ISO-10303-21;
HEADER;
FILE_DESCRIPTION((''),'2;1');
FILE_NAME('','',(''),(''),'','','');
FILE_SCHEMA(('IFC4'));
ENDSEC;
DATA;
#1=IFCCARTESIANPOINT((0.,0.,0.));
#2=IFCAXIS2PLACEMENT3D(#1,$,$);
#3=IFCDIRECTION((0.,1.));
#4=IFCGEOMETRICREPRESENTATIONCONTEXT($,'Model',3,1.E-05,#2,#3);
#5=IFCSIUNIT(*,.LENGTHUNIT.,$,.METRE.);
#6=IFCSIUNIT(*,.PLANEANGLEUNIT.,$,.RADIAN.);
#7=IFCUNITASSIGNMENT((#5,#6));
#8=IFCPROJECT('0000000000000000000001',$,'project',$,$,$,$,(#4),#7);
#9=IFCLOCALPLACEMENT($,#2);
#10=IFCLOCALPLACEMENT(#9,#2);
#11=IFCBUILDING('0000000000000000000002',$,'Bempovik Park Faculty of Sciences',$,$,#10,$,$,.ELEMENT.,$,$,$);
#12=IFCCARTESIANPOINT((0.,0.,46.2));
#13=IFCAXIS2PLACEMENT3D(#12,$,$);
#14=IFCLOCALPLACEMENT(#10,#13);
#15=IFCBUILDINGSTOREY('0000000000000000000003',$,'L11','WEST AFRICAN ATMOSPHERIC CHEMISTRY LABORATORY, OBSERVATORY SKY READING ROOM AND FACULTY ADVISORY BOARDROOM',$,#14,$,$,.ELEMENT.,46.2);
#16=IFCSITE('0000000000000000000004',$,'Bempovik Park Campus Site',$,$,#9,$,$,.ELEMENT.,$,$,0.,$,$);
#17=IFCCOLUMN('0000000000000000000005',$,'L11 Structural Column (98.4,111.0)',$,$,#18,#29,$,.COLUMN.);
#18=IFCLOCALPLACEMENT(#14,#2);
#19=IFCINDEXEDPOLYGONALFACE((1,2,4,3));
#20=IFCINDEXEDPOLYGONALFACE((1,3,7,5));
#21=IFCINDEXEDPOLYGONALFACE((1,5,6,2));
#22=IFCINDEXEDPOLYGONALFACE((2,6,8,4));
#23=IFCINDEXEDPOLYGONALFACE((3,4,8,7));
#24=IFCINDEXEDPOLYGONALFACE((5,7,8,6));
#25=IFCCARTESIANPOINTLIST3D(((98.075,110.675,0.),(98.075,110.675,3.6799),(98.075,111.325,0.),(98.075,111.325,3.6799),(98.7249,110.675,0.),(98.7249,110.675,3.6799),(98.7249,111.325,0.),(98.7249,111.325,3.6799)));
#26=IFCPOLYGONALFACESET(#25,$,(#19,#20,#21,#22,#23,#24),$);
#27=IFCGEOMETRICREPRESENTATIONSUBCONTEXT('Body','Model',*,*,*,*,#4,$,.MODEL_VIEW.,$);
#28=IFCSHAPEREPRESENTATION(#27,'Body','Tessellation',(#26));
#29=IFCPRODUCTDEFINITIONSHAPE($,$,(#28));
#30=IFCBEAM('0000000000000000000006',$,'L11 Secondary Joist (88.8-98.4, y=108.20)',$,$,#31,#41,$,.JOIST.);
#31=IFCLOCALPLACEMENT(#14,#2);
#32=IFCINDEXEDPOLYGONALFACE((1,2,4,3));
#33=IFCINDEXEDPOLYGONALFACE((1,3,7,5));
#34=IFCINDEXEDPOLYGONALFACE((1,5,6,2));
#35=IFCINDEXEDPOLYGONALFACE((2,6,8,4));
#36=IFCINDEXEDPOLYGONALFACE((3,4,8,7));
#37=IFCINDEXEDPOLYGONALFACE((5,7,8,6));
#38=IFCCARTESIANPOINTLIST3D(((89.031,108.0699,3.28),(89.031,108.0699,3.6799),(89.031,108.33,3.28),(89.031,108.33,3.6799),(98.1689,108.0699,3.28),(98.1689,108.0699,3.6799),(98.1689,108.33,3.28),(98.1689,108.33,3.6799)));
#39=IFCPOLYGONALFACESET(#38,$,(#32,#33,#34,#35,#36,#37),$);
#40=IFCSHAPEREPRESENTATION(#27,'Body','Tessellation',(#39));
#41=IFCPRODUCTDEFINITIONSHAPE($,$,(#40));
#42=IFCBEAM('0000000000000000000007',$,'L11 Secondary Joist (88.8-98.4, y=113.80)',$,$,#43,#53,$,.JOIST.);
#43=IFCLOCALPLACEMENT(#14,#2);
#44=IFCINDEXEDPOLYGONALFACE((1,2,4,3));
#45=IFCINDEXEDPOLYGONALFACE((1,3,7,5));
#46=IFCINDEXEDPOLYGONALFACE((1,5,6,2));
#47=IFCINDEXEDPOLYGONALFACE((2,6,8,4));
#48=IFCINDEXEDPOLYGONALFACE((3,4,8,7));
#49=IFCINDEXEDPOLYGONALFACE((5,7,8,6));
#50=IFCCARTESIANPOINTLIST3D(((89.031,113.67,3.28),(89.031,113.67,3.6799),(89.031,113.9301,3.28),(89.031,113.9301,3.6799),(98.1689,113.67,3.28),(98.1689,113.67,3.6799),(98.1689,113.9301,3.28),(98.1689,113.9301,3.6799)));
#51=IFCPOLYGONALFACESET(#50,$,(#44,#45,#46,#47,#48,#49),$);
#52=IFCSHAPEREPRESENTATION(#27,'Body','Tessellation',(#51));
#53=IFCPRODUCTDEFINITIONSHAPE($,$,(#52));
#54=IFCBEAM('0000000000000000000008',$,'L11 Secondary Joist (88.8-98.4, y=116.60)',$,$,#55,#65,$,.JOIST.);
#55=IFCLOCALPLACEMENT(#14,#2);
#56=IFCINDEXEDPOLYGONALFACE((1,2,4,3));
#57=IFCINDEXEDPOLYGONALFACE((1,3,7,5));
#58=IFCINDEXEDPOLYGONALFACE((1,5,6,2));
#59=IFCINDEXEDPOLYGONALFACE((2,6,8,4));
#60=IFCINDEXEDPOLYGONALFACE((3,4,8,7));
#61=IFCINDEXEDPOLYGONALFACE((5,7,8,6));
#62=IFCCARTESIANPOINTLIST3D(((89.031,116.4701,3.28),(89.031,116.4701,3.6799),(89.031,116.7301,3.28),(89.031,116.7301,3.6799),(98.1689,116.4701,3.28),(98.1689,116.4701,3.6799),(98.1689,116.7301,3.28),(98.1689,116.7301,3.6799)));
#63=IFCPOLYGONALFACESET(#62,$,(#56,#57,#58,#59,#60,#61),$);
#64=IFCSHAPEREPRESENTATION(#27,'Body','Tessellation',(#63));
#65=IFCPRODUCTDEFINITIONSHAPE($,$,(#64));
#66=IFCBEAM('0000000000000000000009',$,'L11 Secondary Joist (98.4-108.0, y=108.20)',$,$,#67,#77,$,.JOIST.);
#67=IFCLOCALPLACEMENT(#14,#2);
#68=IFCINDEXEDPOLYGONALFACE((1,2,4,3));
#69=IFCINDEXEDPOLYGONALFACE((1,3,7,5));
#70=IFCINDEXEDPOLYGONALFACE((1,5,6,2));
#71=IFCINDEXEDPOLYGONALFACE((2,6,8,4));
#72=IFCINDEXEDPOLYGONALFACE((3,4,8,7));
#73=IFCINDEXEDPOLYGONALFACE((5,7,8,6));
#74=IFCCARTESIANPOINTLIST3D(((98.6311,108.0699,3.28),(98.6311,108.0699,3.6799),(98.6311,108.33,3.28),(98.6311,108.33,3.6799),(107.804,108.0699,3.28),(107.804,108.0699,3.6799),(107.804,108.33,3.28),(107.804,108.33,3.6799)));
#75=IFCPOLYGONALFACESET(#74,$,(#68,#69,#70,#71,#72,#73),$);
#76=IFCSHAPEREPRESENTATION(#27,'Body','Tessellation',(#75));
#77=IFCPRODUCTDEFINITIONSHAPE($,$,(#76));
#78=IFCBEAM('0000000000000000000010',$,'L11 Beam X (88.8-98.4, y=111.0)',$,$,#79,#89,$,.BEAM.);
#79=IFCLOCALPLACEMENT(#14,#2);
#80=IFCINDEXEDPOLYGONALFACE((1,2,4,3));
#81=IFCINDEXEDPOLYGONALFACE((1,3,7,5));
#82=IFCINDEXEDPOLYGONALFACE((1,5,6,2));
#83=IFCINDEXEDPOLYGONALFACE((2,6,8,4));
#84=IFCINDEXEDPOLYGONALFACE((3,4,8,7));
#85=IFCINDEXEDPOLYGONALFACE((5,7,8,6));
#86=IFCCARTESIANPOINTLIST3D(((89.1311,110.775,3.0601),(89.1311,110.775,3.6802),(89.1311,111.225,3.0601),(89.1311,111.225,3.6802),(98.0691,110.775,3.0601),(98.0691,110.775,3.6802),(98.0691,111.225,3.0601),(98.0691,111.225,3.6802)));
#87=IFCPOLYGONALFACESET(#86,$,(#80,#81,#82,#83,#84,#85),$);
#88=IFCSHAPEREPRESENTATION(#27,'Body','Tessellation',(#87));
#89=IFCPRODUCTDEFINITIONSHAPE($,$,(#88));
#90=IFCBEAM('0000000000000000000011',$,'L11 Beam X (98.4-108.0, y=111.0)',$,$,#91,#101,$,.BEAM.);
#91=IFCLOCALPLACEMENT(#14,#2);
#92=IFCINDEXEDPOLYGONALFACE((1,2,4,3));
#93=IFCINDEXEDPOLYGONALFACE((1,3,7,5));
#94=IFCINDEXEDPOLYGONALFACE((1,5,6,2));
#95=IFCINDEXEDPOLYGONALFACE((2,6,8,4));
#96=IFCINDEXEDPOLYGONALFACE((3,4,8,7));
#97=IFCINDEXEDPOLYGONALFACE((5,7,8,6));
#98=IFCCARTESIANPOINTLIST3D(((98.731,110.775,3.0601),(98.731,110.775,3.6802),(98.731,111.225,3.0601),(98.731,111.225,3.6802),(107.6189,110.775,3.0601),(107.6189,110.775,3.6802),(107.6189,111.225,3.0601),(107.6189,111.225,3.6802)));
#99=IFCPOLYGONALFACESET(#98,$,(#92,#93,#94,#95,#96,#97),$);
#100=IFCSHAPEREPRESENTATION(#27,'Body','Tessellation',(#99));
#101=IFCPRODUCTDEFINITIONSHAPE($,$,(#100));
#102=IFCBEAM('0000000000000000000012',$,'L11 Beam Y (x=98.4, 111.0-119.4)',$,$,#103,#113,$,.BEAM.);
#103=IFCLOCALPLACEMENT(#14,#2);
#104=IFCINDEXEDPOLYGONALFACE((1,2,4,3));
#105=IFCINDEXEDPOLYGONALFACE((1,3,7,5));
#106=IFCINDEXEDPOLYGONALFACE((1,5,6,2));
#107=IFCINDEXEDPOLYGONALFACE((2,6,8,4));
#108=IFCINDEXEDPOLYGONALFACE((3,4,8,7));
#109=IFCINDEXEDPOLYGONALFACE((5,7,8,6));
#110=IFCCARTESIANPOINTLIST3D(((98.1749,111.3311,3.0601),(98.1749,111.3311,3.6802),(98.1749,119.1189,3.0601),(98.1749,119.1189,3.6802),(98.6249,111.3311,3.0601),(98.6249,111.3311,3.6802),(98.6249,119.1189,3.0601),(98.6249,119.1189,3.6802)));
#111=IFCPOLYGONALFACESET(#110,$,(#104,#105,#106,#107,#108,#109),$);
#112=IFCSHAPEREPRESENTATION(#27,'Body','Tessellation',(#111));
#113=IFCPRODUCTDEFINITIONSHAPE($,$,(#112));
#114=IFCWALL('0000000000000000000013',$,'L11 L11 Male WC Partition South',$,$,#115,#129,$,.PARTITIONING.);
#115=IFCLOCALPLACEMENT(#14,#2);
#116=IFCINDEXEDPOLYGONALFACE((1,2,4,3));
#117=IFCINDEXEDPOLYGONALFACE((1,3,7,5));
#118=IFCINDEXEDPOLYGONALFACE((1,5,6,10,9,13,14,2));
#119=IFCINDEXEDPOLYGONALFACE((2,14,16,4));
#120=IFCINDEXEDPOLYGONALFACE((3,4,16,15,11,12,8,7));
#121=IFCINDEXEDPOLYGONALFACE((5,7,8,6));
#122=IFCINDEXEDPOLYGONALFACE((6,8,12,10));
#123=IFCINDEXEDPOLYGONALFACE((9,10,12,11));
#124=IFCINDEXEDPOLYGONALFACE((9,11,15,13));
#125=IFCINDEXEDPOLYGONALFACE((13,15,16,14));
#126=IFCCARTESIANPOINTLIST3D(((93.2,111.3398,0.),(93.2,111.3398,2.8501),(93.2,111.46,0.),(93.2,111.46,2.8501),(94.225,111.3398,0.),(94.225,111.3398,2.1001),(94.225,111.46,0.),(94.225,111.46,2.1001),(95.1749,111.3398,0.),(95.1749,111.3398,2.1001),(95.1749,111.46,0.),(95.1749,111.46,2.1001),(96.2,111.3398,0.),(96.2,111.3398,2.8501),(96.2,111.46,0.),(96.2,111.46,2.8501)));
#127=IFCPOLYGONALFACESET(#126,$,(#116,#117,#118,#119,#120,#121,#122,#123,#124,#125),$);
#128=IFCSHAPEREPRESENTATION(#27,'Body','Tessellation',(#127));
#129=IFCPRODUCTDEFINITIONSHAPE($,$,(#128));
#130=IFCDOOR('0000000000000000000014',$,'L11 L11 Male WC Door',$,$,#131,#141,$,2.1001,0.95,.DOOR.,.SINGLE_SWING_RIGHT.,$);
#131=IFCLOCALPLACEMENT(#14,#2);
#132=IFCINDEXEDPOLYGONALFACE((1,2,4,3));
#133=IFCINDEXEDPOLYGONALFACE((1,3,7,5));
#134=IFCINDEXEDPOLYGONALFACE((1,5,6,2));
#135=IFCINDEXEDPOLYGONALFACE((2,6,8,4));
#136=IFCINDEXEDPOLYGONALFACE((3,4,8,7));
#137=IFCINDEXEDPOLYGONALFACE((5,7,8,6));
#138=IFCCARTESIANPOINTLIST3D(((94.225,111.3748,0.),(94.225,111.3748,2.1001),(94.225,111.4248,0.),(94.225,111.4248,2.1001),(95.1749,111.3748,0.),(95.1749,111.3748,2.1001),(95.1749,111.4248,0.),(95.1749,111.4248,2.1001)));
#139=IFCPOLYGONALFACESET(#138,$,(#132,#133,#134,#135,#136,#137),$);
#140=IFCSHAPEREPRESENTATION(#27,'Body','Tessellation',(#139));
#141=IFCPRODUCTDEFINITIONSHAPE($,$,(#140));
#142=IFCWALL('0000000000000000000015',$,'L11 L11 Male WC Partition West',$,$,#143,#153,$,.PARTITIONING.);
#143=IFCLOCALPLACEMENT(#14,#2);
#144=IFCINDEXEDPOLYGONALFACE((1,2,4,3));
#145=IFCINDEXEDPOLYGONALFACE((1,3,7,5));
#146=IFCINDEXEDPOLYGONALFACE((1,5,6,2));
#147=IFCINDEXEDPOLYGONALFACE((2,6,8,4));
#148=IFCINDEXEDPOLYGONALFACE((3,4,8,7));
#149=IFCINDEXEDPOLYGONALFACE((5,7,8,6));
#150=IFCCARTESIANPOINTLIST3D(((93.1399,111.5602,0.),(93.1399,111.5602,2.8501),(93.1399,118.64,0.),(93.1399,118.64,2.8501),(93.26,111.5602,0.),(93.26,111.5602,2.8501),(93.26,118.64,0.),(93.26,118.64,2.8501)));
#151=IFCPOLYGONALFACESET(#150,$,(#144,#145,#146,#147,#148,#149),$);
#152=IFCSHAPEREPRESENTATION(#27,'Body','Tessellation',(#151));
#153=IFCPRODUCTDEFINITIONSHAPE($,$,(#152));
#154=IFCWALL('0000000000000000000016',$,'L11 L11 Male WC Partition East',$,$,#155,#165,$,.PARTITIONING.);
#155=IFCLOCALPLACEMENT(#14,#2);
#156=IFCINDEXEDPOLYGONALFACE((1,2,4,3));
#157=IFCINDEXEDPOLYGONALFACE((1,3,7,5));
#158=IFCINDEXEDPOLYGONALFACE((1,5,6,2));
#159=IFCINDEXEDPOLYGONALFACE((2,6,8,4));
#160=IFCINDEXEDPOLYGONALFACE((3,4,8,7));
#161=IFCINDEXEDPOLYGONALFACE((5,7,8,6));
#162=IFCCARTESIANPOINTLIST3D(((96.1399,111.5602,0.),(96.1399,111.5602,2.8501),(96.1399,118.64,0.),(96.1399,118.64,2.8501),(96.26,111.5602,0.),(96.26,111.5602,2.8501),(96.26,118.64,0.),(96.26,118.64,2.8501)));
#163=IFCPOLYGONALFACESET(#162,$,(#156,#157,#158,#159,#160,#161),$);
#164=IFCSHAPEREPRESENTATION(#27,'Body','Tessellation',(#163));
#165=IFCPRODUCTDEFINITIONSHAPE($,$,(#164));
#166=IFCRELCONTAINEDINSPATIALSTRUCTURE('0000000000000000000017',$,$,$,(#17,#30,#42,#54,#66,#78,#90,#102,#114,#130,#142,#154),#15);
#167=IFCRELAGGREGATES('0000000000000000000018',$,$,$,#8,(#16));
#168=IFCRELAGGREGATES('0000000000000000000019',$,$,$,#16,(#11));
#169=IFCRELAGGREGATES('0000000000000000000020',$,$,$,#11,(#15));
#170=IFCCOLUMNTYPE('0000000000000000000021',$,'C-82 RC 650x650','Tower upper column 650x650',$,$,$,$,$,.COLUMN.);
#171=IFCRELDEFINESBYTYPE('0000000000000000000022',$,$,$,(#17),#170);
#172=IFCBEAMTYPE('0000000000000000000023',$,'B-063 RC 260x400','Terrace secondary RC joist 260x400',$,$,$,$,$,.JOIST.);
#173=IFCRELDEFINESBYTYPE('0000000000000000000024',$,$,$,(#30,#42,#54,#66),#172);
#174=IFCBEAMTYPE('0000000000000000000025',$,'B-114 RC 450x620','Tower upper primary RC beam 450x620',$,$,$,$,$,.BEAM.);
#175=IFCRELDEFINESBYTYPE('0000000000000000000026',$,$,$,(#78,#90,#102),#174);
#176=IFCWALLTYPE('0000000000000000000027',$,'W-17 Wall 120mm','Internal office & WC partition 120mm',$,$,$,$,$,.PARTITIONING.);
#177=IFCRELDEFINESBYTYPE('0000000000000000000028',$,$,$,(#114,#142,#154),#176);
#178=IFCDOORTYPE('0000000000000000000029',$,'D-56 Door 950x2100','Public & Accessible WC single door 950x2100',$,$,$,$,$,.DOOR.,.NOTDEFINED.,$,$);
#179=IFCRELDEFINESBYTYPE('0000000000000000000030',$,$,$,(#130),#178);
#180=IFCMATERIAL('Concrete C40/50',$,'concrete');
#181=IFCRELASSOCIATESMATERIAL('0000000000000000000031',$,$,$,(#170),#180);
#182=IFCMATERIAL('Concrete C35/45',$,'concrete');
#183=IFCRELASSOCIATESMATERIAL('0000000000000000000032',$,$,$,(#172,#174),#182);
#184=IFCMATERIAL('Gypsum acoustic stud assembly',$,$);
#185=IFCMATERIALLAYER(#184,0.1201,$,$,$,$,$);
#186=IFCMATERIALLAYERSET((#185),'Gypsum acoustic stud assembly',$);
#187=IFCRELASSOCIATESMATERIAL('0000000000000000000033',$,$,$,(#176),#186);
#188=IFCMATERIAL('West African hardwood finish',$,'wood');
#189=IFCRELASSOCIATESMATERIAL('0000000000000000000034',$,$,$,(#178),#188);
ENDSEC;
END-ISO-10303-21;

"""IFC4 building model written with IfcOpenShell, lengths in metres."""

from ifc_helpers import new_model, si_unit, direction, frame, frame_2d, origin, origin_2d, place, context, subcontext, project, spatial, rectangle, extrude, material, layer, layer_set, material_profile, profile_set, type_object, element, fill, save


model = new_model("IFC4")

# Units and contexts
model_context = context("Model", 3, precision=1e-05, world=origin(), true_north=direction((0.0, 1.0)))
body_context = subcontext(model_context, "Body", "Model", "MODEL_VIEW")
ifc_project = project(units=[si_unit("LENGTHUNIT", "METRE"), si_unit("PLANEANGLEUNIT", "RADIAN")], contexts=[model_context])

# Site, building, storey
site_placement = place(None, origin())
site = spatial("IfcSite", under=ifc_project, at=site_placement, Name="Bempovik Park Campus Site", CompositionType="ELEMENT", RefElevation=0.0)
building_placement = place(site_placement, origin())
building = spatial("IfcBuilding", under=site, at=building_placement, Name="Bempovik Park Faculty of Sciences", CompositionType="ELEMENT")
storey_placement = place(building_placement, frame((0.0, 0.0, 46.2)))
storey = spatial("IfcBuildingStorey", under=building, at=storey_placement, Name="L11", Description="WEST AFRICAN ATMOSPHERIC CHEMISTRY LABORATORY, OBSERVATORY SKY READING ROOM AND FACULTY ADVISORY BOARDROOM", CompositionType="ELEMENT", Elevation=46.2)

# Column
ifc_material_1 = material(Name="Concrete C40/50", Category="concrete")
ifc_material_profile_1 = material_profile(ifc_material_1, rectangle(XDim=0.6499, YDim=0.6499, at=origin_2d()), Name="RC 650x650")
ifc_profile_set_1 = profile_set([ifc_material_profile_1], Name="Concrete C40/50")
column_type = type_object("IfcColumnType", Name="C-82 RC 650x650", Description="Tower upper column 650x650", PredefinedType="COLUMN", material=ifc_profile_set_1)
column_placement = place(storey_placement, frame((98.3999, 111.0, 0.0), z_axis=(0.0, 0.0, 1.0), x_axis=(1.0, 0.0, 0.0)))
element("IfcColumn", 1, at=column_placement, inside=storey, type_object=column_type, Name="L11 Structural Column (98.4,111.0)", PredefinedType="COLUMN", context=body_context, shape_type="SweptSolid", body=[
    extrude(rectangle(XDim=0.6499, YDim=0.6499, at=origin_2d()), origin(), (0.0, 0.0, 1.0), 3.6799),
])

# Beams
ifc_material_2 = material(Name="Concrete C35/45", Category="concrete")
ifc_material_profile_2 = material_profile(ifc_material_2, rectangle(XDim=0.26, YDim=0.3999, at=origin_2d()), Name="RC 260x400")
ifc_profile_set_2 = profile_set([ifc_material_profile_2], Name="Concrete C35/45")
beam_type_1 = type_object("IfcBeamType", Name="B-063 RC 260x400", Description="Terrace secondary RC joist 260x400", PredefinedType="JOIST", material=ifc_profile_set_2)
for number, where, z_axis, x_axis, name in (
    (2, (89.031, 108.2, 3.48), (1.0, 0.0, 0.0), (0.0, 1.0, 0.0), "L11 Secondary Joist (88.8-98.4, y=108.20)"),
    (3, (89.031, 113.8, 3.48), (1.0, 0.0, 0.0), (0.0, 1.0, 0.0), "L11 Secondary Joist (88.8-98.4, y=113.80)"),
    (4, (89.031, 116.6001, 3.48), (1.0, 0.0, 0.0), (0.0, 1.0, 0.0), "L11 Secondary Joist (88.8-98.4, y=116.60)"),
):
    element("IfcBeam", number, at=place(storey_placement, frame(where, z_axis=z_axis, x_axis=x_axis)), inside=storey, type_object=beam_type_1, Name=name, PredefinedType="JOIST", context=body_context, shape_type="SweptSolid", body=[
        extrude(rectangle(XDim=0.26, YDim=0.3999, at=origin_2d()), origin(), (0.0, 0.0, 1.0), 9.1379),
    ])
beam_1_placement = place(storey_placement, frame((98.6311, 108.2, 3.48), z_axis=(1.0, 0.0, 0.0), x_axis=(0.0, 1.0, 0.0)))
element("IfcBeam", 5, at=beam_1_placement, inside=storey, type_object=beam_type_1, Name="L11 Secondary Joist (98.4-108.0, y=108.20)", PredefinedType="JOIST", context=body_context, shape_type="SweptSolid", body=[
    extrude(rectangle(XDim=0.26, YDim=0.3999, at=origin_2d()), origin(), (0.0, 0.0, 1.0), 9.1729),
])
ifc_material_profile_3 = material_profile(ifc_material_2, rectangle(XDim=0.45, YDim=0.6201, at=origin_2d()), Name="RC 450x620")
ifc_profile_set_3 = profile_set([ifc_material_profile_3], Name="Concrete C35/45")
beam_type_2 = type_object("IfcBeamType", Name="B-114 RC 450x620", Description="Tower upper primary RC beam 450x620", PredefinedType="BEAM", material=ifc_profile_set_3)
beam_2_placement = place(storey_placement, frame((89.1311, 111.0, 3.3701), z_axis=(1.0, 0.0, 0.0), x_axis=(0.0, 1.0, 0.0)))
element("IfcBeam", 6, at=beam_2_placement, inside=storey, type_object=beam_type_2, Name="L11 Beam X (88.8-98.4, y=111.0)", PredefinedType="BEAM", context=body_context, shape_type="SweptSolid", body=[
    extrude(rectangle(XDim=0.45, YDim=0.6201, at=origin_2d()), origin(), (0.0, 0.0, 1.0), 8.938),
])
beam_3_placement = place(storey_placement, frame((98.731, 111.0, 3.3701), z_axis=(1.0, 0.0, 0.0), x_axis=(0.0, 1.0, 0.0)))
element("IfcBeam", 7, at=beam_3_placement, inside=storey, type_object=beam_type_2, Name="L11 Beam X (98.4-108.0, y=111.0)", PredefinedType="BEAM", context=body_context, shape_type="SweptSolid", body=[
    extrude(rectangle(XDim=0.45, YDim=0.6201, at=origin_2d()), origin(), (0.0, 0.0, 1.0), 8.8879),
])
beam_4_placement = place(storey_placement, frame((98.3999, 111.3311, 3.3701), z_axis=(0.0, 1.0, 0.0), x_axis=(-1.0, 0.0, 0.0)))
element("IfcBeam", 8, at=beam_4_placement, inside=storey, type_object=beam_type_2, Name="L11 Beam Y (x=98.4, 111.0-119.4)", PredefinedType="BEAM", context=body_context, shape_type="SweptSolid", body=[
    extrude(rectangle(XDim=0.45, YDim=0.6201, at=origin_2d()), origin(), (0.0, 0.0, 1.0), 7.7878),
])

# Wall, opening, door
ifc_material_3 = material(Name="Gypsum acoustic stud assembly")
ifc_layer_1 = layer(ifc_material_3, 0.1201)
ifc_layer_set_1 = layer_set([ifc_layer_1], Name="Gypsum acoustic stud assembly")
wall_type_1 = type_object("IfcWallType", Name="W-17 Wall 120mm", Description="Internal office & WC partition 120mm", PredefinedType="PARTITIONING", material=ifc_layer_set_1)
wall_1_placement = place(storey_placement, frame((93.2, 111.3999, 0.0), z_axis=(0.0, 0.0, 1.0), x_axis=(1.0, 0.0, 0.0)))
wall_1 = element("IfcWall", 9, at=wall_1_placement, inside=storey, type_object=wall_type_1, Name="L11 L11 Male WC Partition South", PredefinedType="PARTITIONING", context=body_context, shape_type="SweptSolid", body=[
    extrude(rectangle(XDim=3.0, YDim=0.1201, at=frame_2d((1.5, 0.0))), origin(), (0.0, 0.0, 1.0), 2.8501),
])
opening_1_placement = place(wall_1_placement, frame((1.0249, 0.0, 0.0)))
opening_1 = element("IfcOpeningElement", 10, at=opening_1_placement, cuts=wall_1, PredefinedType="OPENING", context=body_context, shape_type="SweptSolid", body=[
    extrude(rectangle(XDim=0.95, YDim=2.1001, at=frame_2d((0.4751, 1.05))), frame((0.0, 0.0701, 0.0), z_axis=(0.0, -1.0, 0.0), x_axis=(1.0, 0.0, 0.0)), (0.0, 0.0, 1.0), 0.1401),
])
ifc_material_4 = material(Name="West African hardwood finish", Category="wood")
door_type_1 = type_object("IfcDoorType", Name="D-56 Door 950x2100", Description="Public & Accessible WC single door 950x2100", OperationType="NOTDEFINED", PredefinedType="DOOR", material=ifc_material_4)
door_1_placement = place(opening_1_placement, origin())
door_1 = element("IfcDoor", 11, at=door_1_placement, inside=storey, type_object=door_type_1, Name="L11 L11 Male WC Door", OperationType="SINGLE_SWING_RIGHT", OverallHeight=2.1001, OverallWidth=0.95, PredefinedType="DOOR", context=body_context, shape_type="SweptSolid", body=[
    extrude(rectangle(XDim=0.95, YDim=2.1001, at=frame_2d((0.4751, 1.05))), frame((0.0, 0.0249, 0.0), z_axis=(0.0, -1.0, 0.0), x_axis=(1.0, 0.0, 0.0)), (0.0, 0.0, 1.0), 0.05),
])
fill(opening_1, door_1)

# Walls
for number, where, z_axis, x_axis, name in (
    (12, (93.2, 111.5601, 0.0), (0.0, 0.0, 1.0), (0.0, 1.0, 0.0), "L11 L11 Male WC Partition West"),
    (13, (96.2, 111.5601, 0.0), (0.0, 0.0, 1.0), (0.0, 1.0, 0.0), "L11 L11 Male WC Partition East"),
):
    element("IfcWall", number, at=place(storey_placement, frame(where, z_axis=z_axis, x_axis=x_axis)), inside=storey, type_object=wall_type_1, Name=name, PredefinedType="PARTITIONING", context=body_context, shape_type="SweptSolid", body=[
        extrude(rectangle(XDim=7.0798, YDim=0.1201, at=frame_2d((3.54, 0.0))), origin(), (0.0, 0.0, 1.0), 2.8501),
    ])

save(model, "model.ifc")
